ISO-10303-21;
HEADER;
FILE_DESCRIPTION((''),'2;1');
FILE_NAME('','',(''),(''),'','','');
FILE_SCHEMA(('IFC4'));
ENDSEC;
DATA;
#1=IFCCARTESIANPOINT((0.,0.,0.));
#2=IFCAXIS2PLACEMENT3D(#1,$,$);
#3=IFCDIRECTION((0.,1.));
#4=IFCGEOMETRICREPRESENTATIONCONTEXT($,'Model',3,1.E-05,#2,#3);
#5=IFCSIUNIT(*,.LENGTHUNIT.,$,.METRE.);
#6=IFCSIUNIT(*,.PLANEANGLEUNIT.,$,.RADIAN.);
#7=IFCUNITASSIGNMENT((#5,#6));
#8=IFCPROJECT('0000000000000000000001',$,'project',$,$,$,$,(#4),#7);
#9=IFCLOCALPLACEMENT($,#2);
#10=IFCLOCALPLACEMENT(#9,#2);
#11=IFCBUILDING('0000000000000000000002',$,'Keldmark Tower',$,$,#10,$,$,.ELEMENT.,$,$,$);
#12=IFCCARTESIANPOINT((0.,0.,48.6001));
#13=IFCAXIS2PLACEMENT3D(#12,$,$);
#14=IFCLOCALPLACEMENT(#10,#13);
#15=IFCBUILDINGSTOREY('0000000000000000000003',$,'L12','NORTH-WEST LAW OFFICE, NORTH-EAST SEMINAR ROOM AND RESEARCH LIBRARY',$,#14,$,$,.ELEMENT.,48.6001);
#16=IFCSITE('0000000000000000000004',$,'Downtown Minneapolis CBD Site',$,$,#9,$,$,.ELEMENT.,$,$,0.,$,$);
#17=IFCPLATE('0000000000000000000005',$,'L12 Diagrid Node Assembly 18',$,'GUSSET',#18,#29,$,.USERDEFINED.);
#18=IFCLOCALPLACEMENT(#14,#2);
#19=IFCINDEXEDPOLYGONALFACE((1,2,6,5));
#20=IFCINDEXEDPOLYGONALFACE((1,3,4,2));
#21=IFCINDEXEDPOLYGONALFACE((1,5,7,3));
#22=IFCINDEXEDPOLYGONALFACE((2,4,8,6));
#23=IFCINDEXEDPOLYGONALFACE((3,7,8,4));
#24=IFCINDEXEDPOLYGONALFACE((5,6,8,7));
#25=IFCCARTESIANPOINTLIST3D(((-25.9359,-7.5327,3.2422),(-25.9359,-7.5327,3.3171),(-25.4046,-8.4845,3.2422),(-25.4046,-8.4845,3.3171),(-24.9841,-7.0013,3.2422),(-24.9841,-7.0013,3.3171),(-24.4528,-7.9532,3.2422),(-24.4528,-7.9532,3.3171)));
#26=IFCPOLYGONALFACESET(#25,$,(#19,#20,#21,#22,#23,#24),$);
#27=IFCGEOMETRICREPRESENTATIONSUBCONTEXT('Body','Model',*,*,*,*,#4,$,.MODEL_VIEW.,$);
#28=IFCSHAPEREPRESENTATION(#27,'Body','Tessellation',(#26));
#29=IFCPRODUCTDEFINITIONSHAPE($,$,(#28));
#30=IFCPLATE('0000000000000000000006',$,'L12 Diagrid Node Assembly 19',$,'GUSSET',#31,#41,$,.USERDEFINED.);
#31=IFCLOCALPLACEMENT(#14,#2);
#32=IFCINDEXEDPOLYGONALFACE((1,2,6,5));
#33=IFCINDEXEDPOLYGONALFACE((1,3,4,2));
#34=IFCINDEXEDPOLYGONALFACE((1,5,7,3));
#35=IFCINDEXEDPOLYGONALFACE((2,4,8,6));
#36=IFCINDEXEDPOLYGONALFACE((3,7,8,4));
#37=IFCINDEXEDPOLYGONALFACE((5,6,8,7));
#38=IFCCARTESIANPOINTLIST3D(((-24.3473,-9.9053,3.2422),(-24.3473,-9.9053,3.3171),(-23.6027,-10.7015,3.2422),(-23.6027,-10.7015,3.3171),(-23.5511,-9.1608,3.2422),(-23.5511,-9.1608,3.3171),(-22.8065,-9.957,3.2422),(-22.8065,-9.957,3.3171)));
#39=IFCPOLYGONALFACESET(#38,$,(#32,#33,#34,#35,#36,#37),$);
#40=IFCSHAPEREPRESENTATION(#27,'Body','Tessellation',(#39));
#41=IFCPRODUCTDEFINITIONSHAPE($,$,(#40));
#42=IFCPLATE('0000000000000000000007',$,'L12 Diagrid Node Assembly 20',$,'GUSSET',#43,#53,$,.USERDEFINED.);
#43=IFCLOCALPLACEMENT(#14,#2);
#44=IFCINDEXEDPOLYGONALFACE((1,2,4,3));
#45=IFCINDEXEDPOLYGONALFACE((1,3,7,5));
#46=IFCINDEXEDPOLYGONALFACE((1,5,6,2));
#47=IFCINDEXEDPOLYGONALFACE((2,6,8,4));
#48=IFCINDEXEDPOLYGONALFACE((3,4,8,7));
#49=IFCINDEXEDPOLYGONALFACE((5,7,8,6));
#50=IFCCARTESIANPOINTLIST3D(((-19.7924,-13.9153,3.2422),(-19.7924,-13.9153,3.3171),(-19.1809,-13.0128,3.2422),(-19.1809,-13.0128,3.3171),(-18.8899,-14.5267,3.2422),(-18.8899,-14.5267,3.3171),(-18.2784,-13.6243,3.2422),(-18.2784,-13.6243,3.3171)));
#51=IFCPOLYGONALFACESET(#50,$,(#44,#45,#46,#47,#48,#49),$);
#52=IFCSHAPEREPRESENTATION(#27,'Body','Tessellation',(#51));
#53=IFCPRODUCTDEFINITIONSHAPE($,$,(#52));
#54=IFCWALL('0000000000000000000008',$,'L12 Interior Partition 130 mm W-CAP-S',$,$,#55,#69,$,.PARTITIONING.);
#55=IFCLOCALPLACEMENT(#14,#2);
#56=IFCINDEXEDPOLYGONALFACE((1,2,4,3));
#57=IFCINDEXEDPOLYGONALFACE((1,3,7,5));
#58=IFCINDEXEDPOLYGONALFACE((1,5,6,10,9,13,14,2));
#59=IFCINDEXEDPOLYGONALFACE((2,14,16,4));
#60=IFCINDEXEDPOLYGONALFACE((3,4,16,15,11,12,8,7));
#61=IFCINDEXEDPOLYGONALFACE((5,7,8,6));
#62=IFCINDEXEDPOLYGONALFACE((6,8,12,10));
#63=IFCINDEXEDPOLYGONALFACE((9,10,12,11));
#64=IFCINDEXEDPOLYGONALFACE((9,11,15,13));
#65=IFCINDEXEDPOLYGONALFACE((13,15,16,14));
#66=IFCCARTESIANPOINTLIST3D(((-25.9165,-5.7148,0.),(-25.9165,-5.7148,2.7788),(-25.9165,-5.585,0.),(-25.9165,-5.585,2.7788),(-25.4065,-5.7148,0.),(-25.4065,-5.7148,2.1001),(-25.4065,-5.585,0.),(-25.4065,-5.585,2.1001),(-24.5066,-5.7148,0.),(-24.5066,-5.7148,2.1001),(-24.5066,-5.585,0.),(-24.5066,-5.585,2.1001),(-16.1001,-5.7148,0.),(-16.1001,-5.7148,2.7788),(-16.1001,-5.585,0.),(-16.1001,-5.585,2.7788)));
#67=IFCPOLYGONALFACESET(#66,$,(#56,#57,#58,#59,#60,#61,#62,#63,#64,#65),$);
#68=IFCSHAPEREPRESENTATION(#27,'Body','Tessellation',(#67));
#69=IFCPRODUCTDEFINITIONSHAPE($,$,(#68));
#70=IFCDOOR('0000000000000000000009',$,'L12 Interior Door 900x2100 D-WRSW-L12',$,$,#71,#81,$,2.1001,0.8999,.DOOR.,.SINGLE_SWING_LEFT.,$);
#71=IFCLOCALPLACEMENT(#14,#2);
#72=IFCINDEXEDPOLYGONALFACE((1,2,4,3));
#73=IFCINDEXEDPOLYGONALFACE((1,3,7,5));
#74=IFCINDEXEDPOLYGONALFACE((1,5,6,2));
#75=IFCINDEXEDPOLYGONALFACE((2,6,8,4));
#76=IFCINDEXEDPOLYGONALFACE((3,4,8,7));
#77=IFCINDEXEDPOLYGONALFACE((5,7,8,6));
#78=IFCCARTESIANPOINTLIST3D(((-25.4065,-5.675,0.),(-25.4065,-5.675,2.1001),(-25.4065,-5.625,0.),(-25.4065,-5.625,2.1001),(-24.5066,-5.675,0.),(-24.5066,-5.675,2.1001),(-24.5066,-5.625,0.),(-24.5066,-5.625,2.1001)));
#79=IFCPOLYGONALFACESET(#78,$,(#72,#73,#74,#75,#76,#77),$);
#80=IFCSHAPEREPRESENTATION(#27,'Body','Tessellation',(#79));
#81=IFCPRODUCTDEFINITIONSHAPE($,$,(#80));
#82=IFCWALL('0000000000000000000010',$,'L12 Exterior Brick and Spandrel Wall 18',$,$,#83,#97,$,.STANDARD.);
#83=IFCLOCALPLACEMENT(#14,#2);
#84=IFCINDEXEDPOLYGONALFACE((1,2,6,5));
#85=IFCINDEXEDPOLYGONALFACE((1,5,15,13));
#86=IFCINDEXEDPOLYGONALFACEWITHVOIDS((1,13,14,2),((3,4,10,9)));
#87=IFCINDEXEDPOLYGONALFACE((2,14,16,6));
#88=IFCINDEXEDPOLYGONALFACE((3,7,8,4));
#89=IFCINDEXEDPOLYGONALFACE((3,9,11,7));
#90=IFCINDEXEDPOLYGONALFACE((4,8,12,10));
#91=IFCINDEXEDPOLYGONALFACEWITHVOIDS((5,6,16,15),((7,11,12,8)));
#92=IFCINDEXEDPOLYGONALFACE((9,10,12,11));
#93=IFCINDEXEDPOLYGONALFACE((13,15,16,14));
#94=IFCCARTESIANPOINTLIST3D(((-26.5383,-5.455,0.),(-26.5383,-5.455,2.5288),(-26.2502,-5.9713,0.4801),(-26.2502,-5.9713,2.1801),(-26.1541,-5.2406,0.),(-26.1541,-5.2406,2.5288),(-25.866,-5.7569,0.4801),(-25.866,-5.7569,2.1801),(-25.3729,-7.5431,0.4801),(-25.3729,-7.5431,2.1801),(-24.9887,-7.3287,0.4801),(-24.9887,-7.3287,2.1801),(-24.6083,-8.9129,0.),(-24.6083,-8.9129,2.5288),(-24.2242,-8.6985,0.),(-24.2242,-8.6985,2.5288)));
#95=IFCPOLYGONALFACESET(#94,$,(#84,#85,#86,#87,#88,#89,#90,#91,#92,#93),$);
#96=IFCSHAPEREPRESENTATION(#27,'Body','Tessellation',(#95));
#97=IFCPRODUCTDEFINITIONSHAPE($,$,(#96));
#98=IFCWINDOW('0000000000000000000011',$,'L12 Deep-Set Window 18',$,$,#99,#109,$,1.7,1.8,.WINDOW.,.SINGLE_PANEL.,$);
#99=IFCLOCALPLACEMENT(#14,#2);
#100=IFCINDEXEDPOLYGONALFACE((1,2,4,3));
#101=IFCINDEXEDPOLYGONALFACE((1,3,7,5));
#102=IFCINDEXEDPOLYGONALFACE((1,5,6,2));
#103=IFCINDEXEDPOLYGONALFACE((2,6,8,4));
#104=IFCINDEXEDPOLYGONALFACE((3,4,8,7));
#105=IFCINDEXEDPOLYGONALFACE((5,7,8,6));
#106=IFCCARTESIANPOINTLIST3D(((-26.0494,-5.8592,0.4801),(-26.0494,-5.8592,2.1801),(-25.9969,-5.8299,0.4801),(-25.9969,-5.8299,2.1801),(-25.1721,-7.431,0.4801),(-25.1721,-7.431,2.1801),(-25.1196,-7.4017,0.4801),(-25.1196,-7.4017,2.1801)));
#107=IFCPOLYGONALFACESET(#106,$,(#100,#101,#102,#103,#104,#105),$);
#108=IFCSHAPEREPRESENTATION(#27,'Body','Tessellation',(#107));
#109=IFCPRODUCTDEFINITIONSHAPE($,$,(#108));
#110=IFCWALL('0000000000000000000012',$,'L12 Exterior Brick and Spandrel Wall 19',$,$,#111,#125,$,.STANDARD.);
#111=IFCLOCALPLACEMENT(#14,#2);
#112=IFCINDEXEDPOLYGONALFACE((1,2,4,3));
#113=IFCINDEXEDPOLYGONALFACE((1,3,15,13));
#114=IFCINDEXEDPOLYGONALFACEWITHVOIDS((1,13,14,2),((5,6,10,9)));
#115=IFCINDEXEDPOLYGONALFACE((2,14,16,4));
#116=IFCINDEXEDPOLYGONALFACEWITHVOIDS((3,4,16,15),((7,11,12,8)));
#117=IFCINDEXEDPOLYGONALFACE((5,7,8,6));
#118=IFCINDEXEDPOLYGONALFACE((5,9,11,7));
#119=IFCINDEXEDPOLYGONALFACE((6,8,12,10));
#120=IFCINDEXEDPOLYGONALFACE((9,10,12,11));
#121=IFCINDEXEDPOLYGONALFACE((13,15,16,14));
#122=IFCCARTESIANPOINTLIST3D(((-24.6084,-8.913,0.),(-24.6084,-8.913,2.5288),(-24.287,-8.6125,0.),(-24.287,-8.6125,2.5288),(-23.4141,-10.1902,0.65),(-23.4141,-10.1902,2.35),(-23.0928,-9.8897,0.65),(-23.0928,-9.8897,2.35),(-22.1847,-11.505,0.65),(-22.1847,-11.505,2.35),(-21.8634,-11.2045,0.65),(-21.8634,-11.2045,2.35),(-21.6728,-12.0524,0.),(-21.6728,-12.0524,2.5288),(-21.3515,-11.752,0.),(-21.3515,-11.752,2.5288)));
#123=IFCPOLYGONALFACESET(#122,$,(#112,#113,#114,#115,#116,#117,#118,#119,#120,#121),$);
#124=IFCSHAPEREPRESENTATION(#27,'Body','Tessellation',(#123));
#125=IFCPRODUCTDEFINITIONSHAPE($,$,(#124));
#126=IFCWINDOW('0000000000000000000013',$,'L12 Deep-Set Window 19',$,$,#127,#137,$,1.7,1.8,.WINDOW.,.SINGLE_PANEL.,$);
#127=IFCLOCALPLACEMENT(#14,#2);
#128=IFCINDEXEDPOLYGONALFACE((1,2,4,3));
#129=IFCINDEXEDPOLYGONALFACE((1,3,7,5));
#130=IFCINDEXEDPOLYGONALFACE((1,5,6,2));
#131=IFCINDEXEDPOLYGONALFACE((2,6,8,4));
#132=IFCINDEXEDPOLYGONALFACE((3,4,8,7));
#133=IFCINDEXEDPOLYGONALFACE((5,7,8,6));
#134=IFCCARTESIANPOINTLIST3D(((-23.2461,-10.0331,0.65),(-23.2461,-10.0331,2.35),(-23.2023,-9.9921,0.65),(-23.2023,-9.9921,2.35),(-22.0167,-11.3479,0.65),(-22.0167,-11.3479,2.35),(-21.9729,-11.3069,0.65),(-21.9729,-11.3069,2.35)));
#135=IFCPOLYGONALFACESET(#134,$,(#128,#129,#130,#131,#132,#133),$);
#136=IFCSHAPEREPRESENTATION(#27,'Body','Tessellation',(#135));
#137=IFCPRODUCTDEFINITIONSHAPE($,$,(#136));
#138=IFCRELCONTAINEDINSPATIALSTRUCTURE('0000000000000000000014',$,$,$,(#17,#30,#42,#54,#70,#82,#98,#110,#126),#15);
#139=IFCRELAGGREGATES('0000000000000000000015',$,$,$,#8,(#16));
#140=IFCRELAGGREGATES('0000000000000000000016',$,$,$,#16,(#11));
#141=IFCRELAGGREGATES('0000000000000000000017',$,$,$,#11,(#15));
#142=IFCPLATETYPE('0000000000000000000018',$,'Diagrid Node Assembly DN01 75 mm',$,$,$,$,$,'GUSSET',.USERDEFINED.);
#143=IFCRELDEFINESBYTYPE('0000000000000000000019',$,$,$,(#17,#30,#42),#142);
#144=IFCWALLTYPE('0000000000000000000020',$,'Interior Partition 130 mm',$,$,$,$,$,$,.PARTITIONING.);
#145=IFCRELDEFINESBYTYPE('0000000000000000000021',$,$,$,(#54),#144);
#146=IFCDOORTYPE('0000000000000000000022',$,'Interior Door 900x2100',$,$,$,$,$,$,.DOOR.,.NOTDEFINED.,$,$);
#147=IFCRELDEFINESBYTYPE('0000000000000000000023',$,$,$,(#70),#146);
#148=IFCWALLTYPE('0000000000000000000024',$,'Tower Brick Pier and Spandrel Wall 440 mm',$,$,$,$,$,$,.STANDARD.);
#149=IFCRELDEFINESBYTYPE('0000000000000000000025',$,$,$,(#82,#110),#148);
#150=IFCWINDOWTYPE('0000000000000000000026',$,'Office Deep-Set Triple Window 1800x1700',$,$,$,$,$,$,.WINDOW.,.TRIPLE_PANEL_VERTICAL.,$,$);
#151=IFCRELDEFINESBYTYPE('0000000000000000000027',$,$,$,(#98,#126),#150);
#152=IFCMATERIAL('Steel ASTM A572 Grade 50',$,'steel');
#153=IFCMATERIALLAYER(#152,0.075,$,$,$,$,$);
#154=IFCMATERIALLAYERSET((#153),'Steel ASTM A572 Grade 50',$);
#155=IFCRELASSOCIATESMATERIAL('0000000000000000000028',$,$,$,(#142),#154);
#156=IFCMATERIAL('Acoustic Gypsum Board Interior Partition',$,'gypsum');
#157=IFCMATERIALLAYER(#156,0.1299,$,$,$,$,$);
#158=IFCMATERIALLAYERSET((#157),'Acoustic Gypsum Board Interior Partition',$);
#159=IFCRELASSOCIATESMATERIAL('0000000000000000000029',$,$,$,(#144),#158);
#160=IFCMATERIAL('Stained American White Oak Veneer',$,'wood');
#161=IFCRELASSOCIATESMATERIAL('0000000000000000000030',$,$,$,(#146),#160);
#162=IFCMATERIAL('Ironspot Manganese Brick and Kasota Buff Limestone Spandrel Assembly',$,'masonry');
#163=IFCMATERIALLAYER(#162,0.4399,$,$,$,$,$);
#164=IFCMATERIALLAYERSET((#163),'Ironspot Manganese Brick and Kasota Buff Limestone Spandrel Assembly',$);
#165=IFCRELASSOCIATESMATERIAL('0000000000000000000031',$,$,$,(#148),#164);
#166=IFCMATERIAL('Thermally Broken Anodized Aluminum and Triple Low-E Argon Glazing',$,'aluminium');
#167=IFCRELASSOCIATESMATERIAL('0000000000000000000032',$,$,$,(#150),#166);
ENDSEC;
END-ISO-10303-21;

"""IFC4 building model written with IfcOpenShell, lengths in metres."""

from ifc_helpers import new_model, si_unit, direction, frame, frame_2d, origin, origin_2d, place, context, subcontext, project, spatial, rectangle, extrude, material, layer, layer_set, type_object, element, fill, save


model = new_model("IFC4")

# Units and contexts
model_context = context("Model", 3, precision=1e-05, world=origin(), true_north=direction((0.0, 1.0)))
body_context = subcontext(model_context, "Body", "Model", "MODEL_VIEW")
ifc_project = project(units=[si_unit("LENGTHUNIT", "METRE"), si_unit("PLANEANGLEUNIT", "RADIAN")], contexts=[model_context])

# Site, building, storey
site_placement = place(None, origin())
site = spatial("IfcSite", under=ifc_project, at=site_placement, Name="Downtown Minneapolis CBD Site", CompositionType="ELEMENT", RefElevation=0.0)
building_placement = place(site_placement, origin())
building = spatial("IfcBuilding", under=site, at=building_placement, Name="Keldmark Tower", CompositionType="ELEMENT")
storey_placement = place(building_placement, frame((0.0, 0.0, 48.6001)))
storey = spatial("IfcBuildingStorey", under=building, at=storey_placement, Name="L12", Description="NORTH-WEST LAW OFFICE, NORTH-EAST SEMINAR ROOM AND RESEARCH LIBRARY", CompositionType="ELEMENT", Elevation=48.6001)

# Plates
ifc_material_1 = material(Name="Steel ASTM A572 Grade 50", Category="steel")
ifc_layer_1 = layer(ifc_material_1, 0.075)
ifc_layer_set_1 = layer_set([ifc_layer_1], Name="Steel ASTM A572 Grade 50")
plate_type = type_object("IfcPlateType", Name="Diagrid Node Assembly DN01 75 mm", ElementType="GUSSET", PredefinedType="USERDEFINED", material=ifc_layer_set_1)
for number, where, z_axis, x_axis, name in (
    (1, (-25.1943, -7.7429, 3.2422), (0.0, 0.0, 1.0), (0.487403, -0.873177, 0.0), "L12 Diagrid Node Assembly 18"),
    (2, (-23.5769, -9.9312, 3.2422), (0.0, 0.0, 1.0), (0.683019, -0.730401, 0.0), "L12 Diagrid Node Assembly 19"),
    (3, (-19.0354, -13.7698, 3.2422), (0.0, 0.0, 1.0), (0.827865, -0.560928, 0.0), "L12 Diagrid Node Assembly 20"),
):
    element("IfcPlate", number, at=place(storey_placement, frame(where, z_axis=z_axis, x_axis=x_axis)), inside=storey, type_object=plate_type, Name=name, ObjectType="GUSSET", PredefinedType="USERDEFINED", context=body_context, shape_type="SweptSolid", body=[
        extrude(rectangle(XDim=1.0901, YDim=1.0901, at=origin_2d()), origin(), (0.0, 0.0, 1.0), 0.075),
    ])

# Wall, opening, door
ifc_material_2 = material(Name="Acoustic Gypsum Board Interior Partition", Category="gypsum")
ifc_layer_2 = layer(ifc_material_2, 0.1299)
ifc_layer_set_2 = layer_set([ifc_layer_2], Name="Acoustic Gypsum Board Interior Partition")
wall_type_1 = type_object("IfcWallType", Name="Interior Partition 130 mm", PredefinedType="PARTITIONING", material=ifc_layer_set_2)
wall_1_placement = place(storey_placement, frame((-25.9165, -5.6499, 0.0), z_axis=(0.0, 0.0, 1.0), x_axis=(1.0, 0.0, 0.0)))
wall_1 = element("IfcWall", 4, at=wall_1_placement, inside=storey, type_object=wall_type_1, Name="L12 Interior Partition 130 mm W-CAP-S", PredefinedType="PARTITIONING", context=body_context, shape_type="SweptSolid", body=[
    extrude(rectangle(XDim=9.8164, YDim=0.1299, at=frame_2d((4.9082, 0.0))), origin(), (0.0, 0.0, 1.0), 2.7788),
])
opening_1_placement = place(wall_1_placement, frame((0.51, 0.0, 0.0)))
opening_1 = element("IfcOpeningElement", 5, at=opening_1_placement, cuts=wall_1, PredefinedType="OPENING", context=body_context, shape_type="SweptSolid", body=[
    extrude(rectangle(XDim=0.8999, YDim=2.1001, at=frame_2d((0.45, 1.05))), frame((0.0, 0.075, 0.0), z_axis=(0.0, -1.0, 0.0), x_axis=(1.0, 0.0, 0.0)), (0.0, 0.0, 1.0), 0.1499),
])
ifc_material_3 = material(Name="Stained American White Oak Veneer", Category="wood")
door_type = type_object("IfcDoorType", Name="Interior Door 900x2100", OperationType="NOTDEFINED", PredefinedType="DOOR", material=ifc_material_3)
door_placement = place(opening_1_placement, origin())
door = element("IfcDoor", 6, at=door_placement, inside=storey, type_object=door_type, Name="L12 Interior Door 900x2100 D-WRSW-L12", OperationType="SINGLE_SWING_LEFT", OverallHeight=2.1001, OverallWidth=0.8999, PredefinedType="DOOR", context=body_context, shape_type="SweptSolid", body=[
    extrude(rectangle(XDim=0.8999, YDim=2.1001, at=frame_2d((0.45, 1.05))), frame((0.0, 0.0249, 0.0), z_axis=(0.0, -1.0, 0.0), x_axis=(1.0, 0.0, 0.0)), (0.0, 0.0, 1.0), 0.05),
])
fill(opening_1, door)

# Walls, openings, windows
ifc_material_4 = material(Name="Ironspot Manganese Brick and Kasota Buff Limestone Spandrel Assembly", Category="masonry")
ifc_layer_3 = layer(ifc_material_4, 0.4399)
ifc_layer_set_3 = layer_set([ifc_layer_3], Name="Ironspot Manganese Brick and Kasota Buff Limestone Spandrel Assembly")
wall_type_2 = type_object("IfcWallType", Name="Tower Brick Pier and Spandrel Wall 440 mm", PredefinedType="STANDARD", material=ifc_layer_set_3)
wall_2_placement = place(storey_placement, frame((-24.4163, -8.8057, 0.0), z_axis=(0.0, 0.0, 1.0), x_axis=(-0.487369, 0.873196, 0.0)))
wall_2 = element("IfcWall", 7, at=wall_2_placement, inside=storey, type_object=wall_type_2, Name="L12 Exterior Brick and Spandrel Wall 18", PredefinedType="STANDARD", context=body_context, shape_type="SweptSolid", body=[
    extrude(rectangle(XDim=3.96, YDim=0.4399, at=frame_2d((1.98, 0.0))), origin(), (0.0, 0.0, 1.0), 2.5288),
])
opening_2_placement = place(wall_2_placement, frame((1.5688, 0.0, 0.48)))
opening_2 = element("IfcOpeningElement", 8, at=opening_2_placement, cuts=wall_2, PredefinedType="OPENING", context=body_context, shape_type="SweptSolid", body=[
    extrude(rectangle(XDim=1.8, YDim=1.7, at=frame_2d((0.8999, 0.8501))), frame((0.0, 0.23, 0.0), z_axis=(0.0, -1.0, 0.0), x_axis=(1.0, 0.0, 0.0)), (0.0, 0.0, 1.0), 0.46),
])
ifc_material_5 = material(Name="Thermally Broken Anodized Aluminum and Triple Low-E Argon Glazing", Category="aluminium")
window_type = type_object("IfcWindowType", Name="Office Deep-Set Triple Window 1800x1700", PartitioningType="TRIPLE_PANEL_VERTICAL", PredefinedType="WINDOW", material=ifc_material_5)
window_1_placement = place(opening_2_placement, origin())
window_1 = element("IfcWindow", 9, at=window_1_placement, inside=storey, type_object=window_type, Name="L12 Deep-Set Window 18", OverallHeight=1.7, OverallWidth=1.8, PartitioningType="SINGLE_PANEL", PredefinedType="WINDOW", context=body_context, shape_type="SweptSolid", body=[
    extrude(rectangle(XDim=1.8, YDim=1.7, at=frame_2d((0.8999, 0.8501))), frame((0.0, -0.01, 0.0), z_axis=(0.0, -1.0, 0.0), x_axis=(1.0, 0.0, 0.0)), (0.0, 0.0, 1.0), 0.0601),
])
fill(opening_2, window_1)
wall_3_placement = place(storey_placement, frame((-21.5122, -11.9021, 0.0), z_axis=(0.0, 0.0, 1.0), x_axis=(-0.682994, 0.730424, 0.0)))
wall_3 = element("IfcWall", 10, at=wall_3_placement, inside=storey, type_object=wall_type_2, Name="L12 Exterior Brick and Spandrel Wall 19", PredefinedType="STANDARD", context=body_context, shape_type="SweptSolid", body=[
    extrude(rectangle(XDim=4.2981, YDim=0.4399, at=frame_2d((2.1489, 0.0))), origin(), (0.0, 0.0, 1.0), 2.5288),
])
opening_3_placement = place(wall_3_placement, frame((0.7495, 0.0, 0.6499)))
opening_3 = element("IfcOpeningElement", 11, at=opening_3_placement, cuts=wall_3, PredefinedType="OPENING", context=body_context, shape_type="SweptSolid", body=[
    extrude(rectangle(XDim=1.8, YDim=1.7, at=frame_2d((0.8999, 0.8501))), frame((0.0, 0.23, 0.0), z_axis=(0.0, -1.0, 0.0), x_axis=(1.0, 0.0, 0.0)), (0.0, 0.0, 1.0), 0.46),
])
window_2_placement = place(opening_3_placement, origin())
window_2 = element("IfcWindow", 12, at=window_2_placement, inside=storey, type_object=window_type, Name="L12 Deep-Set Window 19", OverallHeight=1.7, OverallWidth=1.8, PartitioningType="SINGLE_PANEL", PredefinedType="WINDOW", context=body_context, shape_type="SweptSolid", body=[
    extrude(rectangle(XDim=1.8, YDim=1.7, at=frame_2d((0.8999, 0.8501))), frame((0.0, -0.01, 0.0), z_axis=(0.0, -1.0, 0.0), x_axis=(1.0, 0.0, 0.0)), (0.0, 0.0, 1.0), 0.0601),
])
fill(opening_3, window_2)

save(model, "model.ifc")
